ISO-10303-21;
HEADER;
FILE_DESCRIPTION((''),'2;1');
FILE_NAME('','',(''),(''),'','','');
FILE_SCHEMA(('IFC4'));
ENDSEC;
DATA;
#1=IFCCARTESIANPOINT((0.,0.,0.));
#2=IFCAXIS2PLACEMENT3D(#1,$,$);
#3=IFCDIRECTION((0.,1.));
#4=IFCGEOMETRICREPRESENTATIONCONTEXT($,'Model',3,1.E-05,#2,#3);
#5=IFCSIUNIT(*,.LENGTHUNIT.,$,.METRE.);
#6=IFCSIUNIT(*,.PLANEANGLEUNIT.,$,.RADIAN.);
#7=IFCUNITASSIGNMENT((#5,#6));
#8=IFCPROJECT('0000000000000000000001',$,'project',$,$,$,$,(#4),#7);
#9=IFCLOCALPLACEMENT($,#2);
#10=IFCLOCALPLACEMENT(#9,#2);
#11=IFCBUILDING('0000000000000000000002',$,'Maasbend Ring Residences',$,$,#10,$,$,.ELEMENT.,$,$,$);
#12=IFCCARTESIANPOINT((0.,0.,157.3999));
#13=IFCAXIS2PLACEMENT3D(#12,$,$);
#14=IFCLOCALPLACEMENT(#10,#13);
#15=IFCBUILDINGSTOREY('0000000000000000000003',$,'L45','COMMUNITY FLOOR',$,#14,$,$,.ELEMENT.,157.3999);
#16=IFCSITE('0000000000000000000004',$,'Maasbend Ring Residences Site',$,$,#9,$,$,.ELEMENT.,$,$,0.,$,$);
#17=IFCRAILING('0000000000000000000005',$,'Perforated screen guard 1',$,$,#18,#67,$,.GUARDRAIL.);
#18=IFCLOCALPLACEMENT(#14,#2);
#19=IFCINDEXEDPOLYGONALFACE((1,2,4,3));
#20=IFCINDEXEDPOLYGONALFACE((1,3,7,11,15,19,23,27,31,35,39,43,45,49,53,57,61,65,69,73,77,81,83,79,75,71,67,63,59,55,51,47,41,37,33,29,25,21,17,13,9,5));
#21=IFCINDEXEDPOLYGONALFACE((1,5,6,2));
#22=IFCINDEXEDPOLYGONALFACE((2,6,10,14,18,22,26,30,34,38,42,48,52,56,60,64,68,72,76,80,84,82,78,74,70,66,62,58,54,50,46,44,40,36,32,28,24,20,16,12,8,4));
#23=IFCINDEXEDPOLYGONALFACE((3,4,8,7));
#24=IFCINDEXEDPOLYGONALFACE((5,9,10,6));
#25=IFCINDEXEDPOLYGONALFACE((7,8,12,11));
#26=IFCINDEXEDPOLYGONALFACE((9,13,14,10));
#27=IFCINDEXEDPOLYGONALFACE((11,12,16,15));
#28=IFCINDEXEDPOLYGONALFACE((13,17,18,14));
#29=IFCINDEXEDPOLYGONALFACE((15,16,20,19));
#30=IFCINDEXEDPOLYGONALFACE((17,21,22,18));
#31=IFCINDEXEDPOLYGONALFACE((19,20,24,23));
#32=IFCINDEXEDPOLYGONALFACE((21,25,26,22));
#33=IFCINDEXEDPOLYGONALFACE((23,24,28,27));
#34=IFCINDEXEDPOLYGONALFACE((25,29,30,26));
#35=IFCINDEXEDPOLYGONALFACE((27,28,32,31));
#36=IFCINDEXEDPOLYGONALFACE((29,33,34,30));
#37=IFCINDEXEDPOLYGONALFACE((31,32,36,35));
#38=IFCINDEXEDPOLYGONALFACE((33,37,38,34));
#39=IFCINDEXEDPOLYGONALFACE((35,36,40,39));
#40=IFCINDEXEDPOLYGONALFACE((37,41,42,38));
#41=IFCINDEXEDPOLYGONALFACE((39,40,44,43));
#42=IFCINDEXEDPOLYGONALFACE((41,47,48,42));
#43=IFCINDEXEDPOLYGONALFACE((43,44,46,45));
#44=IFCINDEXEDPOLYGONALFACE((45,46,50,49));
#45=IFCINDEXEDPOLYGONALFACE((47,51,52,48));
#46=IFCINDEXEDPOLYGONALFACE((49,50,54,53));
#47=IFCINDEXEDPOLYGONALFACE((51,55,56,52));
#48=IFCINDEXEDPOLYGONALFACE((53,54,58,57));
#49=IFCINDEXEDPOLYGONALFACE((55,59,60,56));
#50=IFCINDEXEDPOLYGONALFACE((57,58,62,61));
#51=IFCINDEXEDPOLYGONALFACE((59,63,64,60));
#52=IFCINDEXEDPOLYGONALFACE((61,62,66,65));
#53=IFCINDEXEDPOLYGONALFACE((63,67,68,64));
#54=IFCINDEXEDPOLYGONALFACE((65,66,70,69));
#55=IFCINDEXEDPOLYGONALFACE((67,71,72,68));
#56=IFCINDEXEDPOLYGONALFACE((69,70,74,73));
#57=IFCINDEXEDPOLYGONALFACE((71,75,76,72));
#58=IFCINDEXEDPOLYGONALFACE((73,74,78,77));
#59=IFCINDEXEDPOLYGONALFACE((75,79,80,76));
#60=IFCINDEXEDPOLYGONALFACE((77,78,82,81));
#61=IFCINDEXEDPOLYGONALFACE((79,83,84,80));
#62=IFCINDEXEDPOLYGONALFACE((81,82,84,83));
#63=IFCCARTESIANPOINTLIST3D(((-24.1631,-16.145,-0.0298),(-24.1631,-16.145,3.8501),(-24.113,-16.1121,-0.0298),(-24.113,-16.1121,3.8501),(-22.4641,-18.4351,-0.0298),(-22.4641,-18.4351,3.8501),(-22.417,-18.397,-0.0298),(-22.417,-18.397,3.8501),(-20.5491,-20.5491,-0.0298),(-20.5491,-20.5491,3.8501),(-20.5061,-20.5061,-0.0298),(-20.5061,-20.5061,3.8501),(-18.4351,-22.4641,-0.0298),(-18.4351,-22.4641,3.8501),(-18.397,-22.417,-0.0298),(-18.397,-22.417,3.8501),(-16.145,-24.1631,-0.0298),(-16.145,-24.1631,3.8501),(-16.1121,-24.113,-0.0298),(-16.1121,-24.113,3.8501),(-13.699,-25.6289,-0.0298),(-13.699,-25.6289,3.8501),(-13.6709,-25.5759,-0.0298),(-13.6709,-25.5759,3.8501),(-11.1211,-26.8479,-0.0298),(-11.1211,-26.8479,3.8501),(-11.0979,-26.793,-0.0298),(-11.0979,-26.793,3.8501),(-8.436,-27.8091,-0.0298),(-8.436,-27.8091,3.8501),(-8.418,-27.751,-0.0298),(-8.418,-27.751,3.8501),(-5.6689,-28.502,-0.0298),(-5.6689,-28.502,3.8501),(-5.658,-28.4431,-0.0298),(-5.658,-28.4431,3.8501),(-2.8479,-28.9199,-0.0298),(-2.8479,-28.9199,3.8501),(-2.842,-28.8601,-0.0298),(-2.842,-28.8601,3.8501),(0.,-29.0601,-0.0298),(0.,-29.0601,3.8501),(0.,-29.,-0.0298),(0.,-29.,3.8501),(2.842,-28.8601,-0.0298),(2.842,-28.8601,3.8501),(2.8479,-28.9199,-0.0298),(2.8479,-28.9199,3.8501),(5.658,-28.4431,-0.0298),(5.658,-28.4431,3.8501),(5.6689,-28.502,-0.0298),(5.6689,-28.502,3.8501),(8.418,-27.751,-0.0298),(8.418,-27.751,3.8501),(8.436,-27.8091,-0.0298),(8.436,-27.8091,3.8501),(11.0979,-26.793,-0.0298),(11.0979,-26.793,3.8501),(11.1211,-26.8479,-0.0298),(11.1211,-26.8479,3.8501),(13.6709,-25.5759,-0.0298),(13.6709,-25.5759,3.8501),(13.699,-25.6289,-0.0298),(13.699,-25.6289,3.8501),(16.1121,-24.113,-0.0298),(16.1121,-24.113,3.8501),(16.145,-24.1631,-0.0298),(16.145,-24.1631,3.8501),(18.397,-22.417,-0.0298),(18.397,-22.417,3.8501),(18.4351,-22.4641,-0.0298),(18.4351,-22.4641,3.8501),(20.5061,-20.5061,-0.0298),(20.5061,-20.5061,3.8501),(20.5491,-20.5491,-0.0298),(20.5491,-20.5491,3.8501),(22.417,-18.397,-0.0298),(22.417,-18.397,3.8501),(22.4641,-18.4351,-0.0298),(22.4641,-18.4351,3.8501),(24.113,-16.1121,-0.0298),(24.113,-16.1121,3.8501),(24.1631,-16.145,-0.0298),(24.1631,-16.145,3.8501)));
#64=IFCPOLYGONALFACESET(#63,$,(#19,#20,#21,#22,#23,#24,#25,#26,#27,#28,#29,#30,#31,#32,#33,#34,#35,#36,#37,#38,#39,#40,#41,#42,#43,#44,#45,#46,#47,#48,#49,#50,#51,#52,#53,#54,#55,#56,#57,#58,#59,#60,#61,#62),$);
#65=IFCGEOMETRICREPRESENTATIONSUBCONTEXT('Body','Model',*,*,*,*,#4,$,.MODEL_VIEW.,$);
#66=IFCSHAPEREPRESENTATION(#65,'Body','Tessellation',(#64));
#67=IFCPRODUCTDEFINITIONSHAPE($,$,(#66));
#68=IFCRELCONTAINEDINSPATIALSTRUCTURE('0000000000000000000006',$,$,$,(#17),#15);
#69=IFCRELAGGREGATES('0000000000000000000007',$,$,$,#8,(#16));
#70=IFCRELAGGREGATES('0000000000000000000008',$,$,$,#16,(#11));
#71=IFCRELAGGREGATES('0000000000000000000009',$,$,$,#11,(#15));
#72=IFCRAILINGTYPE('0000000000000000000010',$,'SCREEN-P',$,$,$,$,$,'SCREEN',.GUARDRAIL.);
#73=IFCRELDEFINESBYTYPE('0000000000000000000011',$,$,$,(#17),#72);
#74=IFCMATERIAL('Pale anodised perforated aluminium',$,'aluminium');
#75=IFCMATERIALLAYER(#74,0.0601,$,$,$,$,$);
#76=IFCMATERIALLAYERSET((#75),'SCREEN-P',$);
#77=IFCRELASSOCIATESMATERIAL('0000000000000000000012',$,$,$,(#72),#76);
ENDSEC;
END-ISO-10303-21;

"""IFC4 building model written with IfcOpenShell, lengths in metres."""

from ifc_helpers import new_model, si_unit, direction, frame, origin, place, context, subcontext, project, spatial, polyline, outline, extrude, material, layer, layer_set, type_object, element, save


model = new_model("IFC4")

# Units and contexts
model_context = context("Model", 3, precision=1e-05, world=origin(), true_north=direction((0.0, 1.0)))
body_context = subcontext(model_context, "Body", "Model", "MODEL_VIEW")
ifc_project = project(units=[si_unit("LENGTHUNIT", "METRE"), si_unit("PLANEANGLEUNIT", "RADIAN")], contexts=[model_context])

# Site, building, storey
site_placement = place(None, origin())
site = spatial("IfcSite", under=ifc_project, at=site_placement, Name="Maasbend Ring Residences Site", CompositionType="ELEMENT", RefElevation=0.0)
building_placement = place(site_placement, origin())
building = spatial("IfcBuilding", under=site, at=building_placement, Name="Maasbend Ring Residences", CompositionType="ELEMENT")
storey_placement = place(building_placement, frame((0.0, 0.0, 157.3999)))
storey = spatial("IfcBuildingStorey", under=building, at=storey_placement, Name="L45", Description="COMMUNITY FLOOR", CompositionType="ELEMENT", Elevation=157.3999)

# Railing
ifc_material_1 = material(Name="Pale anodised perforated aluminium", Category="aluminium")
ifc_layer_1 = layer(ifc_material_1, 0.0601)
ifc_layer_set_1 = layer_set([ifc_layer_1], Name="SCREEN-P")
railing_type = type_object("IfcRailingType", Name="SCREEN-P", ElementType="SCREEN", PredefinedType="GUARDRAIL", material=ifc_layer_set_1)
railing_placement = place(storey_placement, frame((0.0, 0.0, -0.0298)))
element("IfcRailing", 1, at=railing_placement, inside=storey, type_object=railing_type, Name="Perforated screen guard 1", PredefinedType="GUARDRAIL", context=body_context, shape_type="SweptSolid", body=[
    extrude(outline(polyline([(-24.113, -16.1121), (-22.417, -18.397), (-20.5061, -20.5061), (-18.397, -22.417), (-16.1121, -24.113), (-13.6709, -25.5759), (-11.0979, -26.793), (-8.418, -27.751), (-5.658, -28.4431), (-2.842, -28.8601), (0.0, -29.0), (2.842, -28.8601), (5.658, -28.4431), (8.418, -27.751), (11.0979, -26.793), (13.6709, -25.5759), (16.1121, -24.113), (18.397, -22.417), (20.5061, -20.5061), (22.417, -18.397), (24.113, -16.1121), (24.1631, -16.145), (22.4641, -18.4351), (20.5491, -20.5491), (18.4351, -22.4641), (16.145, -24.1631), (13.699, -25.6289), (11.1211, -26.8479), (8.436, -27.8091), (5.6689, -28.502), (2.8479, -28.9199), (0.0, -29.0601), (-2.8479, -28.9199), (-5.6689, -28.502), (-8.436, -27.8091), (-11.1211, -26.8479), (-13.699, -25.6289), (-16.145, -24.1631), (-18.4351, -22.4641), (-20.5491, -20.5491), (-22.4641, -18.4351), (-24.1631, -16.145), (-24.113, -16.1121)])), origin(), (0.0, 0.0, 1.0), 3.8799),
])

save(model, "model.ifc")
